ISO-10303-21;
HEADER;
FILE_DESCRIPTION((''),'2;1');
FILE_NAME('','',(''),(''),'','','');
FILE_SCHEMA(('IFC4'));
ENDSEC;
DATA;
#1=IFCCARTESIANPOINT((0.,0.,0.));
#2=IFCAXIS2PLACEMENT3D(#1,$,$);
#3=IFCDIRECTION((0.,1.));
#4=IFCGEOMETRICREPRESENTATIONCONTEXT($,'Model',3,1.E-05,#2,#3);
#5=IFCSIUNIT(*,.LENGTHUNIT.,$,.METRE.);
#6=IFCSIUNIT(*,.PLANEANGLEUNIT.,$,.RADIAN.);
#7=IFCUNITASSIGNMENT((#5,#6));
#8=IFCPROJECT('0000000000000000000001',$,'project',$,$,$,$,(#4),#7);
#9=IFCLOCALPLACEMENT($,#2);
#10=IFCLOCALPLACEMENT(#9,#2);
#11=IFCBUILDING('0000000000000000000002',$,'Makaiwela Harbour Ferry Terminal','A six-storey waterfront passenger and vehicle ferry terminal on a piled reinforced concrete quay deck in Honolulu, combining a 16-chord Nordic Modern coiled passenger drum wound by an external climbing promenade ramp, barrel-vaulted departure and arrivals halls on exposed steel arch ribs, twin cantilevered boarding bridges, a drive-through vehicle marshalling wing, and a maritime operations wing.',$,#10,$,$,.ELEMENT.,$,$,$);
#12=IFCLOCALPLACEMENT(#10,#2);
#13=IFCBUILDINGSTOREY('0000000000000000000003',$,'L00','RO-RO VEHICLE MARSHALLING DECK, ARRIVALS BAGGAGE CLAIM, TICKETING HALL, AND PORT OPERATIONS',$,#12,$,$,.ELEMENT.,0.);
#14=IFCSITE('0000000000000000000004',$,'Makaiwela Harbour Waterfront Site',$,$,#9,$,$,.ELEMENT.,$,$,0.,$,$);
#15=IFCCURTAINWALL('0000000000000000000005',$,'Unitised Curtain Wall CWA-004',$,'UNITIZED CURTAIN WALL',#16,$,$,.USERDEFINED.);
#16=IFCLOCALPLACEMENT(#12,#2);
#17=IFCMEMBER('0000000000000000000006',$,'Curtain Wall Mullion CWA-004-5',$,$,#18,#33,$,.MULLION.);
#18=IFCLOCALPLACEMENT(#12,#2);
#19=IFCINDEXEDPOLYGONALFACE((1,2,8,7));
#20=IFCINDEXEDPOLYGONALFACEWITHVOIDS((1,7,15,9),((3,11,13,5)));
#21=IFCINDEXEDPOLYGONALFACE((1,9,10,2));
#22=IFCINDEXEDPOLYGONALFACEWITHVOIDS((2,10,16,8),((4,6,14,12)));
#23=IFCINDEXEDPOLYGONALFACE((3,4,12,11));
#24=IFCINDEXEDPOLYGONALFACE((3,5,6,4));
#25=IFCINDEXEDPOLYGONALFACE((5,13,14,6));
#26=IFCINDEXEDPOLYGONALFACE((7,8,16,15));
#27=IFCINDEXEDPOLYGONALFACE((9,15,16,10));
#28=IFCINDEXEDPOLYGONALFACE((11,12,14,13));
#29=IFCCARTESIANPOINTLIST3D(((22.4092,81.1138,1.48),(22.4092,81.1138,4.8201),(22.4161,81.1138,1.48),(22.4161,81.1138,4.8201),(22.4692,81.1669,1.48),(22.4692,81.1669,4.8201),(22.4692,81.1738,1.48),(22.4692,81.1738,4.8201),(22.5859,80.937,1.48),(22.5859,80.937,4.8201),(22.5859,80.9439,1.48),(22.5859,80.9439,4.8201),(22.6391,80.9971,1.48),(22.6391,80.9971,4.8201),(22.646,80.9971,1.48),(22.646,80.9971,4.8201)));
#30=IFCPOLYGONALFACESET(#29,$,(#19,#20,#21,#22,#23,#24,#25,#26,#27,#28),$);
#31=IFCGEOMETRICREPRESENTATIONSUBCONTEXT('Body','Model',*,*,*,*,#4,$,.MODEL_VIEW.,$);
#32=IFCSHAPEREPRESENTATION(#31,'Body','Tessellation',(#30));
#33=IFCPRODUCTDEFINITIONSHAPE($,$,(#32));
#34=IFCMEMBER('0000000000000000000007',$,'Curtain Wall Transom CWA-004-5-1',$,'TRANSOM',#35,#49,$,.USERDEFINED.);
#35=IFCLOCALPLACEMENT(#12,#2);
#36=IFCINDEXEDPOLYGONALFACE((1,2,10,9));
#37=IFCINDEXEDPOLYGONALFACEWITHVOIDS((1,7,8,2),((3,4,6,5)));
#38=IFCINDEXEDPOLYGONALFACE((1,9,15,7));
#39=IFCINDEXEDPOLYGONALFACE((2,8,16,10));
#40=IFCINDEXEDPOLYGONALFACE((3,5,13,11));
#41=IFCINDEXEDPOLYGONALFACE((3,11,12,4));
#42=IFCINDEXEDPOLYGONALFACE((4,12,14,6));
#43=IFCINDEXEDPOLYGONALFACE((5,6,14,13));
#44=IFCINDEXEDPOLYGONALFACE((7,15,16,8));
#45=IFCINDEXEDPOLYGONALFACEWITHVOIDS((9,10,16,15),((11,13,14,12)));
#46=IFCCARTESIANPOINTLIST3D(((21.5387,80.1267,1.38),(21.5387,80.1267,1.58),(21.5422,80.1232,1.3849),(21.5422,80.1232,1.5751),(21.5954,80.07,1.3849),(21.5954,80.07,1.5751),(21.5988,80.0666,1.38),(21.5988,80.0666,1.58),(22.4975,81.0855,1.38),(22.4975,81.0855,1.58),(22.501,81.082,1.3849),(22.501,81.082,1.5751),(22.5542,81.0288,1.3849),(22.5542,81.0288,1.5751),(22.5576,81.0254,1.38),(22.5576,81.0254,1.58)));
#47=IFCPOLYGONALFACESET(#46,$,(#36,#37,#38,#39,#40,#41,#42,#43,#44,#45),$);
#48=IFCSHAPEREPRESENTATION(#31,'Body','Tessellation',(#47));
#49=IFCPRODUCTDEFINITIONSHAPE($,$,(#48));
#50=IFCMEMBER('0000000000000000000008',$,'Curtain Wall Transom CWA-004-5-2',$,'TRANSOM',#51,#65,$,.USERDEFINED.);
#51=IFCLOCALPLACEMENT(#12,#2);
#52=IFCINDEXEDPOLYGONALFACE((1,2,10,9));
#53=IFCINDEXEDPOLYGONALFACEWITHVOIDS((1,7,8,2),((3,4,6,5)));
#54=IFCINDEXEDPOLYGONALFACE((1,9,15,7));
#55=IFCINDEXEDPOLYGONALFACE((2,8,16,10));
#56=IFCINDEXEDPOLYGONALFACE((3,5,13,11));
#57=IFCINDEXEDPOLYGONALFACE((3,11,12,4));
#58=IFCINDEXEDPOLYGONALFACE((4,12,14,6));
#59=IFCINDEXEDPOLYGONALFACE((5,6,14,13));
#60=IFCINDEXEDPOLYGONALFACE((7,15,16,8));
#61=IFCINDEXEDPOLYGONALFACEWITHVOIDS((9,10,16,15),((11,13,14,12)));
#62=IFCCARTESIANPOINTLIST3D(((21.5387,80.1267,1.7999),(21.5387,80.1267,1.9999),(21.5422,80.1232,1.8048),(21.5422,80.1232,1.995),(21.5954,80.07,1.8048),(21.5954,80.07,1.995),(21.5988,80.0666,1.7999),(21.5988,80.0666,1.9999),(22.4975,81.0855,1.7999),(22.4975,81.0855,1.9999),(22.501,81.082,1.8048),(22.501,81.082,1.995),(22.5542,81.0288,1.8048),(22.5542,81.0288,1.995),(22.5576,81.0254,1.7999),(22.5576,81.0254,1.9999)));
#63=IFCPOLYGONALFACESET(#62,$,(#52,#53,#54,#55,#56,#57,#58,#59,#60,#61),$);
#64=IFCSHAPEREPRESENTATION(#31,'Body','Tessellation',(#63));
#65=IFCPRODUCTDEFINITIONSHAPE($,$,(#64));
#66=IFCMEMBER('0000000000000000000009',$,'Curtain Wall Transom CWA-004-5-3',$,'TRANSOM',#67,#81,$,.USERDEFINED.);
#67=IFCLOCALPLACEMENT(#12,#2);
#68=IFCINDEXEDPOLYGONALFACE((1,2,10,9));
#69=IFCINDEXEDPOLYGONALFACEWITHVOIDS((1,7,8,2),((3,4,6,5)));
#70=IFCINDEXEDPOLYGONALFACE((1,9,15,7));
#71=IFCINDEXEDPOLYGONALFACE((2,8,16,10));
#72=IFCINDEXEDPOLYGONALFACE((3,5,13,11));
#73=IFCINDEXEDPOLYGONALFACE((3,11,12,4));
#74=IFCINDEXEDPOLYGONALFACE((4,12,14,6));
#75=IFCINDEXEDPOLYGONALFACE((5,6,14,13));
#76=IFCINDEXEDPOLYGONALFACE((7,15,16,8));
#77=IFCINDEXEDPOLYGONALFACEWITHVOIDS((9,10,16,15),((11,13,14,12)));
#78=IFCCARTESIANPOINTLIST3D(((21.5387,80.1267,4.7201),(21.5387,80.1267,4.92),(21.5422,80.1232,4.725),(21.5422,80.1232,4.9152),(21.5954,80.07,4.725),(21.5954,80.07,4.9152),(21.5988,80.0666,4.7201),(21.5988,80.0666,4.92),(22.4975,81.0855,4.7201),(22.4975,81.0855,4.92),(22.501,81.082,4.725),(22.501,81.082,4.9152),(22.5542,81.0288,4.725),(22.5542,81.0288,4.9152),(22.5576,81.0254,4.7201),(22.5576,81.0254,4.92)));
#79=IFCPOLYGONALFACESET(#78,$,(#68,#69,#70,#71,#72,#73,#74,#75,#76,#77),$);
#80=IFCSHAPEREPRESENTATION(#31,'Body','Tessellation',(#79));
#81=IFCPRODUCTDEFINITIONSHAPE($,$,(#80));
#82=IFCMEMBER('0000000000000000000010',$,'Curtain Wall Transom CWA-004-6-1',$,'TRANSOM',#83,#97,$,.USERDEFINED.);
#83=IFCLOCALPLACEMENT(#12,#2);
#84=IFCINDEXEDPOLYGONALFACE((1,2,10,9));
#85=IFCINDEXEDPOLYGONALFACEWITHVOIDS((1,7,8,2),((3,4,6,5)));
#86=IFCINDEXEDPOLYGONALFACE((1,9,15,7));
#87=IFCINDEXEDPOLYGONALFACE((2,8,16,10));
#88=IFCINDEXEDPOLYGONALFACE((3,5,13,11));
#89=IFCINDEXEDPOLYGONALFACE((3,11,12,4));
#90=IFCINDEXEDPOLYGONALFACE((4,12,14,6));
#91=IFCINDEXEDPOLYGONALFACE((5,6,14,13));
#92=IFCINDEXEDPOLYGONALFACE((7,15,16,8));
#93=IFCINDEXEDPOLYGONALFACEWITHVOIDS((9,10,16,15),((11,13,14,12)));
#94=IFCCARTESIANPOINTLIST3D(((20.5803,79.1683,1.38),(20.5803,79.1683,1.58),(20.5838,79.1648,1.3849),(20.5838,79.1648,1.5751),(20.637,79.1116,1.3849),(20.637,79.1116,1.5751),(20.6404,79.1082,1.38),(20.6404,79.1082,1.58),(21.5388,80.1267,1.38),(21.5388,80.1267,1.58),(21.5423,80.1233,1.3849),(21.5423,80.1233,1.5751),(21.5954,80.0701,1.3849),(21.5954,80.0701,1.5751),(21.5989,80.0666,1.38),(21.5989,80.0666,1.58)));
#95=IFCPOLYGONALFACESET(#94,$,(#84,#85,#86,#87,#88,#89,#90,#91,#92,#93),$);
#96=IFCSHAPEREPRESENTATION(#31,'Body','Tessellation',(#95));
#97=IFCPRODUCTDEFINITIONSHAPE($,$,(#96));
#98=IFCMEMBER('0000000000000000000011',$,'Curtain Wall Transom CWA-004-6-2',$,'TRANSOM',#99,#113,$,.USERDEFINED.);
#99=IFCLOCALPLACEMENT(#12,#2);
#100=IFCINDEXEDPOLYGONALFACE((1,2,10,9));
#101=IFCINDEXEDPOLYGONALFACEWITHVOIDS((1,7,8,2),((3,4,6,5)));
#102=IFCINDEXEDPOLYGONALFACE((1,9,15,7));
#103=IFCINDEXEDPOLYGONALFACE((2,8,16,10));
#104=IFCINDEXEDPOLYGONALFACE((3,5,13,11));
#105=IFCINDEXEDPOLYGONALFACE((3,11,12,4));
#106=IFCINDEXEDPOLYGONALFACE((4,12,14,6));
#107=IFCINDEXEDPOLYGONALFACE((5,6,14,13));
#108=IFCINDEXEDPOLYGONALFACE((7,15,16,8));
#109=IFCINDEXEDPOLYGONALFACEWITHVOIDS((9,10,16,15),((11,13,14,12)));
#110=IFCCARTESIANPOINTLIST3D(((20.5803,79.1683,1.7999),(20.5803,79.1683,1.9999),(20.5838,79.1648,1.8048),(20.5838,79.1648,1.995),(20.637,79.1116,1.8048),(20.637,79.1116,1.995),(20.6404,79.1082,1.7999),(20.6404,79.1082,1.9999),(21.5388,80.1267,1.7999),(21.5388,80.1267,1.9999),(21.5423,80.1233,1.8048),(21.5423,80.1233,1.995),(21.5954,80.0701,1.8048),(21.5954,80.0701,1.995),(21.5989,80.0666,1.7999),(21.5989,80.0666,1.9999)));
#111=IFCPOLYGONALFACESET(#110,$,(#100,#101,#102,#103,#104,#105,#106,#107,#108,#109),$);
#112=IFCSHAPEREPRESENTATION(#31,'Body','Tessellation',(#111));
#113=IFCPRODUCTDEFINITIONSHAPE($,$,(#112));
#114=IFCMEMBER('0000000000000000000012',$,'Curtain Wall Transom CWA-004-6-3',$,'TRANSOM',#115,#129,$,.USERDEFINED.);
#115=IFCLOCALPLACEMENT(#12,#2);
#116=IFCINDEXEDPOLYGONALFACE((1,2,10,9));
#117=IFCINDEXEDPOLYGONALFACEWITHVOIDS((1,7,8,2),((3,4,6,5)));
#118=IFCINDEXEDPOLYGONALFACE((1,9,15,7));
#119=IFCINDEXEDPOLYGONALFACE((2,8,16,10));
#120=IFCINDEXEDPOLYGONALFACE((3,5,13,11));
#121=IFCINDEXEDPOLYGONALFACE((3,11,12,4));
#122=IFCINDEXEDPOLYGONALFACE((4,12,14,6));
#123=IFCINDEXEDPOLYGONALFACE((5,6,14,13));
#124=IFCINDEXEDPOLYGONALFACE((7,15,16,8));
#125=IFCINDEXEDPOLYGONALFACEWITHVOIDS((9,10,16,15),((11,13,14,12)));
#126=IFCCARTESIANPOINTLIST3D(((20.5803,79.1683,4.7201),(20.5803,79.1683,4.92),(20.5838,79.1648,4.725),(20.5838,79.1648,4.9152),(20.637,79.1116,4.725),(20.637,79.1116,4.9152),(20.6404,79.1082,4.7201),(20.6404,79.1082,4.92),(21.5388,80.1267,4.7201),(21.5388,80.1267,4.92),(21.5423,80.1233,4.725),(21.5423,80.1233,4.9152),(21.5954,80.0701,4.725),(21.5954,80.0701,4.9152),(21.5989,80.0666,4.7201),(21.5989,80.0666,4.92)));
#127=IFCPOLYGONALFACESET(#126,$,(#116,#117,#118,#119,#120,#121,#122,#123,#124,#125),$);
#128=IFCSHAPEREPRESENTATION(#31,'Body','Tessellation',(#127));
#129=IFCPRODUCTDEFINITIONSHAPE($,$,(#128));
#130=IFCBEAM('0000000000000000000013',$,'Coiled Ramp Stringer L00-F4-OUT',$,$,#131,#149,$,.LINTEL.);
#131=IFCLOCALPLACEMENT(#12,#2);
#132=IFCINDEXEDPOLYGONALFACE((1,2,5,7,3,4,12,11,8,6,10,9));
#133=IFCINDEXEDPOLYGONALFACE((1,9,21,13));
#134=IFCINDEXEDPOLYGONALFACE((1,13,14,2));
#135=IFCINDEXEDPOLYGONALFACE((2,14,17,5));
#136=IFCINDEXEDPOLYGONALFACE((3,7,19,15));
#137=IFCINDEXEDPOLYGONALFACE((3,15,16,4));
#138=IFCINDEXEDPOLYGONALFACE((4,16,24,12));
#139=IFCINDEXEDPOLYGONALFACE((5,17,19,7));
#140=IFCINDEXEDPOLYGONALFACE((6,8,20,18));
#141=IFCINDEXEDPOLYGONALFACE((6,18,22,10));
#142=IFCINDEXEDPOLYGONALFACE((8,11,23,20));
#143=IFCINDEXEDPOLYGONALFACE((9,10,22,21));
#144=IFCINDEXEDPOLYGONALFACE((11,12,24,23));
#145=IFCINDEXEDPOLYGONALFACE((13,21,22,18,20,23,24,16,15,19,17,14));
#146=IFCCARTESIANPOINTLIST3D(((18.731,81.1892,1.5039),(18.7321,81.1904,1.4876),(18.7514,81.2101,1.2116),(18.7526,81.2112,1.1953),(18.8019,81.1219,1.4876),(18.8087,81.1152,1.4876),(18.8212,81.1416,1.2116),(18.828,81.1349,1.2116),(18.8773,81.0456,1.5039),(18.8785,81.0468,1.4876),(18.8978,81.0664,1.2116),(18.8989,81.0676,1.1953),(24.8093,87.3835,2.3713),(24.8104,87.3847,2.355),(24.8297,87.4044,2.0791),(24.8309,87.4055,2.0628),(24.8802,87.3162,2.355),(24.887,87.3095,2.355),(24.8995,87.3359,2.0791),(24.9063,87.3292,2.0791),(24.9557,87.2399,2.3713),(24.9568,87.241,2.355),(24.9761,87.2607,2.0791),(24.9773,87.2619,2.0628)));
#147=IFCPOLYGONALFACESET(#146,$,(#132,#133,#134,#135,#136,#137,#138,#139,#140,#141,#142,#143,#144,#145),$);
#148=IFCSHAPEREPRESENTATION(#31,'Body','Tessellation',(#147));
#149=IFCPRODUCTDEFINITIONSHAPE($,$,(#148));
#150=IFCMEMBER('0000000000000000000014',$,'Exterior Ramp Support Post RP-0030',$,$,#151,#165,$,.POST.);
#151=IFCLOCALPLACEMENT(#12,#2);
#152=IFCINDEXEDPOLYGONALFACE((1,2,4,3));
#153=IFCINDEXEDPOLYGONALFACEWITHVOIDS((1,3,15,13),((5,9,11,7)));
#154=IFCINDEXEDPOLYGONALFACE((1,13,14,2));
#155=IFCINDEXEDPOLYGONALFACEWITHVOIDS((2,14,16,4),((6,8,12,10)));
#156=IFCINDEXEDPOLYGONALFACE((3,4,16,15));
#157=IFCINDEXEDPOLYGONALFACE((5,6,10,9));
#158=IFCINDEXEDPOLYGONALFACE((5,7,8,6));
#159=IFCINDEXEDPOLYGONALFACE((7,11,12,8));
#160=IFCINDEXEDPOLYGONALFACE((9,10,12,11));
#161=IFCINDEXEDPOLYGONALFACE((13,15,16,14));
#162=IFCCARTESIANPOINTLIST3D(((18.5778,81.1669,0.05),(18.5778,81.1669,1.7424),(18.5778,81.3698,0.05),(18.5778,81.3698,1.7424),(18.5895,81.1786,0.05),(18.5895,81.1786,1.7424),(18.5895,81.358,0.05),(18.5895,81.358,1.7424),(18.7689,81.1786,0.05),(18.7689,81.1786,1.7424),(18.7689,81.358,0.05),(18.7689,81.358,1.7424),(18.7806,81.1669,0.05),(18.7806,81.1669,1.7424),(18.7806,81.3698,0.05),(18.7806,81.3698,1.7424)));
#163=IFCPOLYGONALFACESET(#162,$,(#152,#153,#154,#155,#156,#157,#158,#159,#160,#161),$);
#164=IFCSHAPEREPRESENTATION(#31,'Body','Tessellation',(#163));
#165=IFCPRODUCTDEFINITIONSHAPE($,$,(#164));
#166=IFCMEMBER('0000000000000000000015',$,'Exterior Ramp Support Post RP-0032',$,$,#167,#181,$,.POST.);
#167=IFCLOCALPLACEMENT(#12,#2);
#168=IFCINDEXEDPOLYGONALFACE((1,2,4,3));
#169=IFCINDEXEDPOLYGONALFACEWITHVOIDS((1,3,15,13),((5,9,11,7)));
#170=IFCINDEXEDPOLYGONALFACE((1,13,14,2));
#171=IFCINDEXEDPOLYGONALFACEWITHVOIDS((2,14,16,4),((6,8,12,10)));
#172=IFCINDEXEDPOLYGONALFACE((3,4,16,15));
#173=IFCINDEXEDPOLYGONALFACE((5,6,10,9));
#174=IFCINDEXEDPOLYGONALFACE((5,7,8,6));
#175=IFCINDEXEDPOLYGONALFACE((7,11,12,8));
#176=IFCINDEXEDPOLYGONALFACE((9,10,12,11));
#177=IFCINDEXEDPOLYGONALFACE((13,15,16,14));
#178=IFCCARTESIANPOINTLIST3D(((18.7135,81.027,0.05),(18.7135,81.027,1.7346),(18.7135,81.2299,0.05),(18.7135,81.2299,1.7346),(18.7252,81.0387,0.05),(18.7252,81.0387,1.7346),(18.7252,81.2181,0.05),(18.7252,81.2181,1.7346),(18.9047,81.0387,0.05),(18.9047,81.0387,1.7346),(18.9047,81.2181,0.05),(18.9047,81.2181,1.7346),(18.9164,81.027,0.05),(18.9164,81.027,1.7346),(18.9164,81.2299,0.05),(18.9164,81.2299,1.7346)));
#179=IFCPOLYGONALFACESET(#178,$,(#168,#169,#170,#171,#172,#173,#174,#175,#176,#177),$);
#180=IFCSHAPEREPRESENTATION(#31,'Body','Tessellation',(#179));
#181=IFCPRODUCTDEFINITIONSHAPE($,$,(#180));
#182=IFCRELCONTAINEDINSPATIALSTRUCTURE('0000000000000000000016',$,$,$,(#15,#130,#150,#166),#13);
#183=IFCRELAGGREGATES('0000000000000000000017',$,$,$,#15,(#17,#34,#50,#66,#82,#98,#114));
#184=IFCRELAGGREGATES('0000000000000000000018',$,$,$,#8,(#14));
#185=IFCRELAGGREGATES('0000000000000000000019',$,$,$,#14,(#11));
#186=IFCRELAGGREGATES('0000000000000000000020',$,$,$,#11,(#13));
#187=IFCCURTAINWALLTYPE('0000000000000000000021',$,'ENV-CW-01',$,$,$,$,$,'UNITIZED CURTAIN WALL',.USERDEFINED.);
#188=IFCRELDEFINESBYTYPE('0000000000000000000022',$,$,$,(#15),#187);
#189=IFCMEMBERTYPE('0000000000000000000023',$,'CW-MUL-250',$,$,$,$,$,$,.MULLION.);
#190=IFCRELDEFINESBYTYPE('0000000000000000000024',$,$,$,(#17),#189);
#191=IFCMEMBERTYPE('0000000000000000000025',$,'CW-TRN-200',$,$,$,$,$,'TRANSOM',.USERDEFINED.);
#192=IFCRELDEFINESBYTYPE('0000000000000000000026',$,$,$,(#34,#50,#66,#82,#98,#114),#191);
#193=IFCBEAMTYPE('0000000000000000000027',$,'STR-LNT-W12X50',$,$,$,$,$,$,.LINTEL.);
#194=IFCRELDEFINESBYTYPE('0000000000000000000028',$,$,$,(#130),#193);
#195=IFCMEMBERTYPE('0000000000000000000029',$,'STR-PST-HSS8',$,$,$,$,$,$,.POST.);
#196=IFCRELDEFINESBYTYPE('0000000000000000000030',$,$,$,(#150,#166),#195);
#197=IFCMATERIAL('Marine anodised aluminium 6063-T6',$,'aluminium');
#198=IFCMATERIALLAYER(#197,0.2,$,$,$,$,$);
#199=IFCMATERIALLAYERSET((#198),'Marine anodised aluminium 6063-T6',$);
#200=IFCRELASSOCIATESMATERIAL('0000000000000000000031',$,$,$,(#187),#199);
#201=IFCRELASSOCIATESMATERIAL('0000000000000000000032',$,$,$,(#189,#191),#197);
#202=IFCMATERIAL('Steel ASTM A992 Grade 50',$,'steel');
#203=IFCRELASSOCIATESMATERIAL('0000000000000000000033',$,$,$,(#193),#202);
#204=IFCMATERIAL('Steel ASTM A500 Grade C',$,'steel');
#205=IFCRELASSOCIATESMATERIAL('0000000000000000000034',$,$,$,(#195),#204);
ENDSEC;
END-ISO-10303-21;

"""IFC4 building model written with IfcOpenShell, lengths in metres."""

from ifc_helpers import new_model, si_unit, direction, frame, origin, origin_2d, place, context, subcontext, project, spatial, hollow_rectangle, i_section, extrude, material, layer, layer_set, material_profile, profile_set, type_object, element, aggregate, save


model = new_model("IFC4")

# Units and contexts
model_context = context("Model", 3, precision=1e-05, world=origin(), true_north=direction((0.0, 1.0)))
body_context = subcontext(model_context, "Body", "Model", "MODEL_VIEW")
ifc_project = project(units=[si_unit("LENGTHUNIT", "METRE"), si_unit("PLANEANGLEUNIT", "RADIAN")], contexts=[model_context])

# Site, building, storey
site_placement = place(None, origin())
site = spatial("IfcSite", under=ifc_project, at=site_placement, Name="Makaiwela Harbour Waterfront Site", CompositionType="ELEMENT", RefElevation=0.0)
building_placement = place(site_placement, origin())
building = spatial("IfcBuilding", under=site, at=building_placement, Name="Makaiwela Harbour Ferry Terminal", Description="A six-storey waterfront passenger and vehicle ferry terminal on a piled reinforced concrete quay deck in Honolulu, combining a 16-chord Nordic Modern coiled passenger drum wound by an external climbing promenade ramp, barrel-vaulted departure and arrivals halls on exposed steel arch ribs, twin cantilevered boarding bridges, a drive-through vehicle marshalling wing, and a maritime operations wing.", CompositionType="ELEMENT")
storey_placement = place(building_placement, origin())
storey = spatial("IfcBuildingStorey", under=building, at=storey_placement, Name="L00", Description="RO-RO VEHICLE MARSHALLING DECK, ARRIVALS BAGGAGE CLAIM, TICKETING HALL, AND PORT OPERATIONS", CompositionType="ELEMENT", Elevation=0.0)

# Curtain wall, members
ifc_material_1 = material(Name="Marine anodised aluminium 6063-T6", Category="aluminium")
ifc_layer_1 = layer(ifc_material_1, 0.2)
ifc_layer_set_1 = layer_set([ifc_layer_1], Name="Marine anodised aluminium 6063-T6")
curtain_wall_type = type_object("IfcCurtainWallType", Name="ENV-CW-01", ElementType="UNITIZED CURTAIN WALL", PredefinedType="USERDEFINED", material=ifc_layer_set_1)
curtain_wall_placement = place(storey_placement, origin())
curtain_wall = element("IfcCurtainWall", 1, at=curtain_wall_placement, inside=storey, type_object=curtain_wall_type, Name="Unitised Curtain Wall CWA-004", ObjectType="UNITIZED CURTAIN WALL", PredefinedType="USERDEFINED")
ifc_material_profile_1 = material_profile(ifc_material_1, hollow_rectangle(XDim=0.085, YDim=0.25, WallThickness=0.0049, at=origin_2d()), Name="CWM-250X85")
ifc_profile_set_1 = profile_set([ifc_material_profile_1], Name="Marine anodised aluminium 6063-T6")
member_type_1 = type_object("IfcMemberType", Name="CW-MUL-250", PredefinedType="MULLION", material=ifc_profile_set_1)
member_1_placement = place(storey_placement, frame((22.5276, 81.0554, 1.48), z_axis=(0.0, 0.0, 1.0), x_axis=(0.707107, 0.707107, 0.0)))
member_1 = element("IfcMember", 2, at=member_1_placement, type_object=member_type_1, Name="Curtain Wall Mullion CWA-004-5", PredefinedType="MULLION", context=body_context, shape_type="SweptSolid", body=[
    extrude(hollow_rectangle(XDim=0.085, YDim=0.25, WallThickness=0.0049, at=origin_2d()), origin(), (0.0, 0.0, 1.0), 3.3401),
])
ifc_material_profile_2 = material_profile(ifc_material_1, hollow_rectangle(XDim=0.085, YDim=0.2, WallThickness=0.0049, at=origin_2d()), Name="CWT-200X85")
ifc_profile_set_2 = profile_set([ifc_material_profile_2], Name="Marine anodised aluminium 6063-T6")
member_type_2 = type_object("IfcMemberType", Name="CW-TRN-200", ElementType="TRANSOM", PredefinedType="USERDEFINED", material=ifc_profile_set_2)
member_2_placement = place(storey_placement, frame((22.5276, 81.0554, 1.48), z_axis=(-0.707107, -0.707107, 0.0), x_axis=(0.707107, -0.707107, 0.0)))
member_2 = element("IfcMember", 3, at=member_2_placement, type_object=member_type_2, Name="Curtain Wall Transom CWA-004-5-1", ObjectType="TRANSOM", PredefinedType="USERDEFINED", context=body_context, shape_type="SweptSolid", body=[
    extrude(hollow_rectangle(XDim=0.085, YDim=0.2, WallThickness=0.0049, at=origin_2d()), origin(), (0.0, 0.0, 1.0), 1.356),
])
member_3_placement = place(storey_placement, frame((22.5276, 81.0554, 1.8999), z_axis=(-0.707107, -0.707107, 0.0), x_axis=(0.707107, -0.707107, 0.0)))
member_3 = element("IfcMember", 4, at=member_3_placement, type_object=member_type_2, Name="Curtain Wall Transom CWA-004-5-2", ObjectType="TRANSOM", PredefinedType="USERDEFINED", context=body_context, shape_type="SweptSolid", body=[
    extrude(hollow_rectangle(XDim=0.085, YDim=0.2, WallThickness=0.0049, at=origin_2d()), origin(), (0.0, 0.0, 1.0), 1.356),
])
member_4_placement = place(storey_placement, frame((22.5276, 81.0554, 4.8201), z_axis=(-0.707107, -0.707107, 0.0), x_axis=(0.707107, -0.707107, 0.0)))
member_4 = element("IfcMember", 5, at=member_4_placement, type_object=member_type_2, Name="Curtain Wall Transom CWA-004-5-3", ObjectType="TRANSOM", PredefinedType="USERDEFINED", context=body_context, shape_type="SweptSolid", body=[
    extrude(hollow_rectangle(XDim=0.085, YDim=0.2, WallThickness=0.0049, at=origin_2d()), origin(), (0.0, 0.0, 1.0), 1.356),
])
member_5_placement = place(storey_placement, frame((21.5688, 80.0967, 1.48), z_axis=(-0.707107, -0.707107, 0.0), x_axis=(0.707107, -0.707107, 0.0)))
member_5 = element("IfcMember", 6, at=member_5_placement, type_object=member_type_2, Name="Curtain Wall Transom CWA-004-6-1", ObjectType="TRANSOM", PredefinedType="USERDEFINED", context=body_context, shape_type="SweptSolid", body=[
    extrude(hollow_rectangle(XDim=0.085, YDim=0.2, WallThickness=0.0049, at=origin_2d()), origin(), (0.0, 0.0, 1.0), 1.3555),
])
member_6_placement = place(storey_placement, frame((21.5688, 80.0967, 1.8999), z_axis=(-0.707107, -0.707107, 0.0), x_axis=(0.707107, -0.707107, 0.0)))
member_6 = element("IfcMember", 7, at=member_6_placement, type_object=member_type_2, Name="Curtain Wall Transom CWA-004-6-2", ObjectType="TRANSOM", PredefinedType="USERDEFINED", context=body_context, shape_type="SweptSolid", body=[
    extrude(hollow_rectangle(XDim=0.085, YDim=0.2, WallThickness=0.0049, at=origin_2d()), origin(), (0.0, 0.0, 1.0), 1.3555),
])
member_7_placement = place(storey_placement, frame((21.5688, 80.0967, 4.8201), z_axis=(-0.707107, -0.707107, 0.0), x_axis=(0.707107, -0.707107, 0.0)))
member_7 = element("IfcMember", 8, at=member_7_placement, type_object=member_type_2, Name="Curtain Wall Transom CWA-004-6-3", ObjectType="TRANSOM", PredefinedType="USERDEFINED", context=body_context, shape_type="SweptSolid", body=[
    extrude(hollow_rectangle(XDim=0.085, YDim=0.2, WallThickness=0.0049, at=origin_2d()), origin(), (0.0, 0.0, 1.0), 1.3555),
])

# Beam
ifc_material_2 = material(Name="Steel ASTM A992 Grade 50", Category="steel")
ifc_material_profile_3 = material_profile(ifc_material_2, i_section(OverallWidth=0.2051, OverallDepth=0.3101, WebThickness=0.0095, FlangeThickness=0.0164, at=origin_2d()), Name="W12X50")
ifc_profile_set_3 = profile_set([ifc_material_profile_3], Name="Steel ASTM A992 Grade 50")
beam_type = type_object("IfcBeamType", Name="STR-LNT-W12X50", PredefinedType="LINTEL", material=ifc_profile_set_3)
beam_placement = place(storey_placement, frame((18.8149, 81.1284, 1.3496), z_axis=(0.696921, 0.710218, 0.099456), x_axis=(-0.713756, 0.700394, 0.0)))
element("IfcBeam", 9, at=beam_placement, inside=storey, type_object=beam_type, Name="Coiled Ramp Stringer L00-F4-OUT", PredefinedType="LINTEL", context=body_context, shape_type="SweptSolid", body=[
    extrude(i_section(OverallWidth=0.2051, OverallDepth=0.3101, WebThickness=0.0095, FlangeThickness=0.0164, at=origin_2d()), origin(), (0.0, 0.0, 1.0), 8.7217),
])

# Members
ifc_material_3 = material(Name="Steel ASTM A500 Grade C", Category="steel")
ifc_material_profile_4 = material_profile(ifc_material_3, hollow_rectangle(XDim=0.2029, YDim=0.2029, WallThickness=0.0117, at=origin_2d()), Name="HSS8X8X1/2")
ifc_profile_set_4 = profile_set([ifc_material_profile_4], Name="Steel ASTM A500 Grade C")
member_type_3 = type_object("IfcMemberType", Name="STR-PST-HSS8", PredefinedType="POST", material=ifc_profile_set_4)
member_8_placement = place(storey_placement, frame((18.6792, 81.2683, 0.05), z_axis=(0.0, 0.0, 1.0), x_axis=(1.0, 0.0, 0.0)))
element("IfcMember", 10, at=member_8_placement, inside=storey, type_object=member_type_3, Name="Exterior Ramp Support Post RP-0030", PredefinedType="POST", context=body_context, shape_type="SweptSolid", body=[
    extrude(hollow_rectangle(XDim=0.2029, YDim=0.2029, WallThickness=0.0117, at=origin_2d()), origin(), (0.0, 0.0, 1.0), 1.6924),
])
member_9_placement = place(storey_placement, frame((18.8149, 81.1284, 0.05), z_axis=(0.0, 0.0, 1.0), x_axis=(1.0, 0.0, 0.0)))
element("IfcMember", 11, at=member_9_placement, inside=storey, type_object=member_type_3, Name="Exterior Ramp Support Post RP-0032", PredefinedType="POST", context=body_context, shape_type="SweptSolid", body=[
    extrude(hollow_rectangle(XDim=0.2029, YDim=0.2029, WallThickness=0.0117, at=origin_2d()), origin(), (0.0, 0.0, 1.0), 1.6846),
])

aggregate(curtain_wall, [member_1, member_2, member_3, member_4, member_5, member_6, member_7])

save(model, "model.ifc")
